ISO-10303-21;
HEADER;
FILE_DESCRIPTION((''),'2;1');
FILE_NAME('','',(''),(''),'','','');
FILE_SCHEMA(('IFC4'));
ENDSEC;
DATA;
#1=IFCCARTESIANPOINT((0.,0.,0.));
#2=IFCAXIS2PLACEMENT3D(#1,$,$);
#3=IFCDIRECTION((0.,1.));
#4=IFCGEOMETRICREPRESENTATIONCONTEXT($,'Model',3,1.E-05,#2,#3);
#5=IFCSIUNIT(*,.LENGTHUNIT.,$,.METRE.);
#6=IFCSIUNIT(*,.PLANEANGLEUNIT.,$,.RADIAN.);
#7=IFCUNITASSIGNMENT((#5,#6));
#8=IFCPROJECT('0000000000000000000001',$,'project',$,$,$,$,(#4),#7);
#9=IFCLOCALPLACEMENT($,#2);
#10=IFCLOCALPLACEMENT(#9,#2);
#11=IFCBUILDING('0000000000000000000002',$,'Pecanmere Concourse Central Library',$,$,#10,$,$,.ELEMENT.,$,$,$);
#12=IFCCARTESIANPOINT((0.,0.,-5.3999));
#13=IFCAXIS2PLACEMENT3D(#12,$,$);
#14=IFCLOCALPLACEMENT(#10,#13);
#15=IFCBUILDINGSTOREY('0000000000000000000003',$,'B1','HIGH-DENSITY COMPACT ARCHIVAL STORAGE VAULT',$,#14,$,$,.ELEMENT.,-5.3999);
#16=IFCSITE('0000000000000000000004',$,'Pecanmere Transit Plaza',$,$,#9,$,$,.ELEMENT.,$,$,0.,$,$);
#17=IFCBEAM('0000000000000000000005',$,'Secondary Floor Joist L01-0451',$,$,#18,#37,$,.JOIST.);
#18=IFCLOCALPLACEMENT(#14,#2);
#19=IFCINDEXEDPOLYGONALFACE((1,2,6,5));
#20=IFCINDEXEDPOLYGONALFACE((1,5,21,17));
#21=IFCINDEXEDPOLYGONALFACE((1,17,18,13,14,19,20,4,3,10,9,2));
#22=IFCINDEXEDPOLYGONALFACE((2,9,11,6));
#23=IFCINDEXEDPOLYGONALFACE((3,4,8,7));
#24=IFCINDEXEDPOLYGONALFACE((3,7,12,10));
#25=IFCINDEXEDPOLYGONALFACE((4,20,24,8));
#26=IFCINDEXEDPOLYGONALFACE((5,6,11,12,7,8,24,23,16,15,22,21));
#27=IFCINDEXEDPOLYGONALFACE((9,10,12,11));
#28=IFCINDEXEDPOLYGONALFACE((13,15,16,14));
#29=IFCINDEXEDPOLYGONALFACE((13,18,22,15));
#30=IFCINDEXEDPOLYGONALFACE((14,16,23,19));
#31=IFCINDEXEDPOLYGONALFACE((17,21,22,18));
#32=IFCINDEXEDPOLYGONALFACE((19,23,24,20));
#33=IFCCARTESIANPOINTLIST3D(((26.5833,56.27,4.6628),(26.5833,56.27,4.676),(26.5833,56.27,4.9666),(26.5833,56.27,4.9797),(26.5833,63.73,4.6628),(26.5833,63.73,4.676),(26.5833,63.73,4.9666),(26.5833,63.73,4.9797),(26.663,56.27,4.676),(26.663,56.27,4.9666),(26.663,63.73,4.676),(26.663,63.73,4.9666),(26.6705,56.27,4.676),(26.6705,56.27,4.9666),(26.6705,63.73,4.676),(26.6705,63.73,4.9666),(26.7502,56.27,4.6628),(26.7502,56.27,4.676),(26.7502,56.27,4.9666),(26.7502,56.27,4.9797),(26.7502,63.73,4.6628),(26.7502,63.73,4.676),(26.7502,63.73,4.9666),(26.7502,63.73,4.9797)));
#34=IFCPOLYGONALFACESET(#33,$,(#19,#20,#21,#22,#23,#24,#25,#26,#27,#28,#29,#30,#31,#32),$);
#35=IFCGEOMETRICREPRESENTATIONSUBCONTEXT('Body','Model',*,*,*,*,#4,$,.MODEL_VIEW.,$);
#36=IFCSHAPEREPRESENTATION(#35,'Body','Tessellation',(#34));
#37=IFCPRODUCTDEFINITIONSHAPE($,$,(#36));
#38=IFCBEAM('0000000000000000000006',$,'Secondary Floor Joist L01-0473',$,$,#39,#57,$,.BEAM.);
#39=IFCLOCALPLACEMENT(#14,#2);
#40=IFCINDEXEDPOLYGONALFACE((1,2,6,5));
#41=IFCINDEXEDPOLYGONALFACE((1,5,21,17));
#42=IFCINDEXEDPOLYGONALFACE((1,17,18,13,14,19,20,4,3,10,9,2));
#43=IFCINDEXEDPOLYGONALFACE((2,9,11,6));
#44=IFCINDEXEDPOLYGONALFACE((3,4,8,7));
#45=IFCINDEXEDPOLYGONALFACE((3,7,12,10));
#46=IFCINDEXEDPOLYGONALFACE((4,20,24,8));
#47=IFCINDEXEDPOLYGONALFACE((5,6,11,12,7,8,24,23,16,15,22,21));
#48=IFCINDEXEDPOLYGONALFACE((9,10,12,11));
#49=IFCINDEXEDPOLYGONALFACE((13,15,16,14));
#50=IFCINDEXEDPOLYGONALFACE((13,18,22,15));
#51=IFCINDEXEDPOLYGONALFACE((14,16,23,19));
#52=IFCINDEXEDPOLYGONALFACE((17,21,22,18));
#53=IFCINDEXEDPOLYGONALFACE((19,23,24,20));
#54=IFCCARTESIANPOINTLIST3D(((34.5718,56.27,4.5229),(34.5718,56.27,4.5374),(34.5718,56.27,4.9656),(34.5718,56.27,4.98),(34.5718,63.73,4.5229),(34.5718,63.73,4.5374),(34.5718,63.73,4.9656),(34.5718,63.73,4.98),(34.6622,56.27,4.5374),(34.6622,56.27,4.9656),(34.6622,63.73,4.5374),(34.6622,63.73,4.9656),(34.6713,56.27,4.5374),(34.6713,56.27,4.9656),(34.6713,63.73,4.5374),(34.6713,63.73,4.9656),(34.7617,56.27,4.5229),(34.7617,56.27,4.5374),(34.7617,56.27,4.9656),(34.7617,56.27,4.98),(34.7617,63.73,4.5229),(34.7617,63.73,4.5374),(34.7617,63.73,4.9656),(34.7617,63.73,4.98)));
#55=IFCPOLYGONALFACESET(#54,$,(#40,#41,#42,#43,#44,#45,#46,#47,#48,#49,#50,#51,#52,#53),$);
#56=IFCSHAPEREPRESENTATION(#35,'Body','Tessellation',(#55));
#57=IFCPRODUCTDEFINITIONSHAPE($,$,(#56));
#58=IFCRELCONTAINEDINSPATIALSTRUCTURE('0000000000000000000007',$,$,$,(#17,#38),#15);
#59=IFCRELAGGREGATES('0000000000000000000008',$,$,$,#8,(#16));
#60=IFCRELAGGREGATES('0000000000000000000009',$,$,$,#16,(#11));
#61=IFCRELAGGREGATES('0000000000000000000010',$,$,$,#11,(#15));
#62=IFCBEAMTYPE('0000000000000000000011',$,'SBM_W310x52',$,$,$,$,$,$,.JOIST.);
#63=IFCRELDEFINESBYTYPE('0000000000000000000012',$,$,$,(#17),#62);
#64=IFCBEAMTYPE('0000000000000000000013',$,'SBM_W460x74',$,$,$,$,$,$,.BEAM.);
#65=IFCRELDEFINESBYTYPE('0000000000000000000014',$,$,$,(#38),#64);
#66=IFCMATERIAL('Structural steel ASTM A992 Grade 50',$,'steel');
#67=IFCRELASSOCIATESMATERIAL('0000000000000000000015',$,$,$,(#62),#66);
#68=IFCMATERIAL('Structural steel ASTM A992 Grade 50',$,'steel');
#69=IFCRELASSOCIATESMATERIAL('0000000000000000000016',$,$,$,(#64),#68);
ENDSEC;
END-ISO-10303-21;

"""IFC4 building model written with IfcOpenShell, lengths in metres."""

from ifc_helpers import new_model, si_unit, direction, frame, origin, origin_2d, place, context, subcontext, project, spatial, i_section, extrude, material, material_profile, profile_set, type_object, element, save


model = new_model("IFC4")

# Units and contexts
model_context = context("Model", 3, precision=1e-05, world=origin(), true_north=direction((0.0, 1.0)))
body_context = subcontext(model_context, "Body", "Model", "MODEL_VIEW")
ifc_project = project(units=[si_unit("LENGTHUNIT", "METRE"), si_unit("PLANEANGLEUNIT", "RADIAN")], contexts=[model_context])

# Site, building, storey
site_placement = place(None, origin())
site = spatial("IfcSite", under=ifc_project, at=site_placement, Name="Pecanmere Transit Plaza", CompositionType="ELEMENT", RefElevation=0.0)
building_placement = place(site_placement, origin())
building = spatial("IfcBuilding", under=site, at=building_placement, Name="Pecanmere Concourse Central Library", CompositionType="ELEMENT")
storey_placement = place(building_placement, frame((0.0, 0.0, -5.3999)))
storey = spatial("IfcBuildingStorey", under=building, at=storey_placement, Name="B1", Description="HIGH-DENSITY COMPACT ARCHIVAL STORAGE VAULT", CompositionType="ELEMENT", Elevation=-5.3999)

# Beams
ifc_material_1 = material(Name="Structural steel ASTM A992 Grade 50", Category="steel")
ifc_material_profile_1 = material_profile(ifc_material_1, i_section(OverallWidth=0.167, OverallDepth=0.3169, WebThickness=0.0076, FlangeThickness=0.0132, at=origin_2d()), Name="W310x52")
ifc_profile_set_1 = profile_set([ifc_material_profile_1], Name="Structural steel ASTM A992 Grade 50")
beam_type_1 = type_object("IfcBeamType", Name="SBM_W310x52", PredefinedType="JOIST", material=ifc_profile_set_1)
beam_1_placement = place(storey_placement, frame((26.6667, 56.27, 4.8213), z_axis=(0.0, 1.0, 0.0), x_axis=(-1.0, 0.0, 0.0)))
element("IfcBeam", 1, at=beam_1_placement, inside=storey, type_object=beam_type_1, Name="Secondary Floor Joist L01-0451", PredefinedType="JOIST", context=body_context, shape_type="SweptSolid", body=[
    extrude(i_section(OverallWidth=0.167, OverallDepth=0.3169, WebThickness=0.0076, FlangeThickness=0.0132, at=origin_2d()), origin(), (0.0, 0.0, 1.0), 7.46),
])
ifc_material_2 = material(Name="Structural steel ASTM A992 Grade 50", Category="steel")
ifc_material_profile_2 = material_profile(ifc_material_2, i_section(OverallWidth=0.1899, OverallDepth=0.457, WebThickness=0.009, FlangeThickness=0.0144, at=origin_2d()), Name="W460x74")
ifc_profile_set_2 = profile_set([ifc_material_profile_2], Name="Structural steel ASTM A992 Grade 50")
beam_type_2 = type_object("IfcBeamType", Name="SBM_W460x74", PredefinedType="BEAM", material=ifc_profile_set_2)
beam_2_placement = place(storey_placement, frame((34.6667, 56.27, 4.7515), z_axis=(0.0, 1.0, 0.0), x_axis=(-1.0, 0.0, 0.0)))
element("IfcBeam", 2, at=beam_2_placement, inside=storey, type_object=beam_type_2, Name="Secondary Floor Joist L01-0473", PredefinedType="BEAM", context=body_context, shape_type="SweptSolid", body=[
    extrude(i_section(OverallWidth=0.1899, OverallDepth=0.457, WebThickness=0.009, FlangeThickness=0.0144, at=origin_2d()), origin(), (0.0, 0.0, 1.0), 7.46),
])

save(model, "model.ifc")
